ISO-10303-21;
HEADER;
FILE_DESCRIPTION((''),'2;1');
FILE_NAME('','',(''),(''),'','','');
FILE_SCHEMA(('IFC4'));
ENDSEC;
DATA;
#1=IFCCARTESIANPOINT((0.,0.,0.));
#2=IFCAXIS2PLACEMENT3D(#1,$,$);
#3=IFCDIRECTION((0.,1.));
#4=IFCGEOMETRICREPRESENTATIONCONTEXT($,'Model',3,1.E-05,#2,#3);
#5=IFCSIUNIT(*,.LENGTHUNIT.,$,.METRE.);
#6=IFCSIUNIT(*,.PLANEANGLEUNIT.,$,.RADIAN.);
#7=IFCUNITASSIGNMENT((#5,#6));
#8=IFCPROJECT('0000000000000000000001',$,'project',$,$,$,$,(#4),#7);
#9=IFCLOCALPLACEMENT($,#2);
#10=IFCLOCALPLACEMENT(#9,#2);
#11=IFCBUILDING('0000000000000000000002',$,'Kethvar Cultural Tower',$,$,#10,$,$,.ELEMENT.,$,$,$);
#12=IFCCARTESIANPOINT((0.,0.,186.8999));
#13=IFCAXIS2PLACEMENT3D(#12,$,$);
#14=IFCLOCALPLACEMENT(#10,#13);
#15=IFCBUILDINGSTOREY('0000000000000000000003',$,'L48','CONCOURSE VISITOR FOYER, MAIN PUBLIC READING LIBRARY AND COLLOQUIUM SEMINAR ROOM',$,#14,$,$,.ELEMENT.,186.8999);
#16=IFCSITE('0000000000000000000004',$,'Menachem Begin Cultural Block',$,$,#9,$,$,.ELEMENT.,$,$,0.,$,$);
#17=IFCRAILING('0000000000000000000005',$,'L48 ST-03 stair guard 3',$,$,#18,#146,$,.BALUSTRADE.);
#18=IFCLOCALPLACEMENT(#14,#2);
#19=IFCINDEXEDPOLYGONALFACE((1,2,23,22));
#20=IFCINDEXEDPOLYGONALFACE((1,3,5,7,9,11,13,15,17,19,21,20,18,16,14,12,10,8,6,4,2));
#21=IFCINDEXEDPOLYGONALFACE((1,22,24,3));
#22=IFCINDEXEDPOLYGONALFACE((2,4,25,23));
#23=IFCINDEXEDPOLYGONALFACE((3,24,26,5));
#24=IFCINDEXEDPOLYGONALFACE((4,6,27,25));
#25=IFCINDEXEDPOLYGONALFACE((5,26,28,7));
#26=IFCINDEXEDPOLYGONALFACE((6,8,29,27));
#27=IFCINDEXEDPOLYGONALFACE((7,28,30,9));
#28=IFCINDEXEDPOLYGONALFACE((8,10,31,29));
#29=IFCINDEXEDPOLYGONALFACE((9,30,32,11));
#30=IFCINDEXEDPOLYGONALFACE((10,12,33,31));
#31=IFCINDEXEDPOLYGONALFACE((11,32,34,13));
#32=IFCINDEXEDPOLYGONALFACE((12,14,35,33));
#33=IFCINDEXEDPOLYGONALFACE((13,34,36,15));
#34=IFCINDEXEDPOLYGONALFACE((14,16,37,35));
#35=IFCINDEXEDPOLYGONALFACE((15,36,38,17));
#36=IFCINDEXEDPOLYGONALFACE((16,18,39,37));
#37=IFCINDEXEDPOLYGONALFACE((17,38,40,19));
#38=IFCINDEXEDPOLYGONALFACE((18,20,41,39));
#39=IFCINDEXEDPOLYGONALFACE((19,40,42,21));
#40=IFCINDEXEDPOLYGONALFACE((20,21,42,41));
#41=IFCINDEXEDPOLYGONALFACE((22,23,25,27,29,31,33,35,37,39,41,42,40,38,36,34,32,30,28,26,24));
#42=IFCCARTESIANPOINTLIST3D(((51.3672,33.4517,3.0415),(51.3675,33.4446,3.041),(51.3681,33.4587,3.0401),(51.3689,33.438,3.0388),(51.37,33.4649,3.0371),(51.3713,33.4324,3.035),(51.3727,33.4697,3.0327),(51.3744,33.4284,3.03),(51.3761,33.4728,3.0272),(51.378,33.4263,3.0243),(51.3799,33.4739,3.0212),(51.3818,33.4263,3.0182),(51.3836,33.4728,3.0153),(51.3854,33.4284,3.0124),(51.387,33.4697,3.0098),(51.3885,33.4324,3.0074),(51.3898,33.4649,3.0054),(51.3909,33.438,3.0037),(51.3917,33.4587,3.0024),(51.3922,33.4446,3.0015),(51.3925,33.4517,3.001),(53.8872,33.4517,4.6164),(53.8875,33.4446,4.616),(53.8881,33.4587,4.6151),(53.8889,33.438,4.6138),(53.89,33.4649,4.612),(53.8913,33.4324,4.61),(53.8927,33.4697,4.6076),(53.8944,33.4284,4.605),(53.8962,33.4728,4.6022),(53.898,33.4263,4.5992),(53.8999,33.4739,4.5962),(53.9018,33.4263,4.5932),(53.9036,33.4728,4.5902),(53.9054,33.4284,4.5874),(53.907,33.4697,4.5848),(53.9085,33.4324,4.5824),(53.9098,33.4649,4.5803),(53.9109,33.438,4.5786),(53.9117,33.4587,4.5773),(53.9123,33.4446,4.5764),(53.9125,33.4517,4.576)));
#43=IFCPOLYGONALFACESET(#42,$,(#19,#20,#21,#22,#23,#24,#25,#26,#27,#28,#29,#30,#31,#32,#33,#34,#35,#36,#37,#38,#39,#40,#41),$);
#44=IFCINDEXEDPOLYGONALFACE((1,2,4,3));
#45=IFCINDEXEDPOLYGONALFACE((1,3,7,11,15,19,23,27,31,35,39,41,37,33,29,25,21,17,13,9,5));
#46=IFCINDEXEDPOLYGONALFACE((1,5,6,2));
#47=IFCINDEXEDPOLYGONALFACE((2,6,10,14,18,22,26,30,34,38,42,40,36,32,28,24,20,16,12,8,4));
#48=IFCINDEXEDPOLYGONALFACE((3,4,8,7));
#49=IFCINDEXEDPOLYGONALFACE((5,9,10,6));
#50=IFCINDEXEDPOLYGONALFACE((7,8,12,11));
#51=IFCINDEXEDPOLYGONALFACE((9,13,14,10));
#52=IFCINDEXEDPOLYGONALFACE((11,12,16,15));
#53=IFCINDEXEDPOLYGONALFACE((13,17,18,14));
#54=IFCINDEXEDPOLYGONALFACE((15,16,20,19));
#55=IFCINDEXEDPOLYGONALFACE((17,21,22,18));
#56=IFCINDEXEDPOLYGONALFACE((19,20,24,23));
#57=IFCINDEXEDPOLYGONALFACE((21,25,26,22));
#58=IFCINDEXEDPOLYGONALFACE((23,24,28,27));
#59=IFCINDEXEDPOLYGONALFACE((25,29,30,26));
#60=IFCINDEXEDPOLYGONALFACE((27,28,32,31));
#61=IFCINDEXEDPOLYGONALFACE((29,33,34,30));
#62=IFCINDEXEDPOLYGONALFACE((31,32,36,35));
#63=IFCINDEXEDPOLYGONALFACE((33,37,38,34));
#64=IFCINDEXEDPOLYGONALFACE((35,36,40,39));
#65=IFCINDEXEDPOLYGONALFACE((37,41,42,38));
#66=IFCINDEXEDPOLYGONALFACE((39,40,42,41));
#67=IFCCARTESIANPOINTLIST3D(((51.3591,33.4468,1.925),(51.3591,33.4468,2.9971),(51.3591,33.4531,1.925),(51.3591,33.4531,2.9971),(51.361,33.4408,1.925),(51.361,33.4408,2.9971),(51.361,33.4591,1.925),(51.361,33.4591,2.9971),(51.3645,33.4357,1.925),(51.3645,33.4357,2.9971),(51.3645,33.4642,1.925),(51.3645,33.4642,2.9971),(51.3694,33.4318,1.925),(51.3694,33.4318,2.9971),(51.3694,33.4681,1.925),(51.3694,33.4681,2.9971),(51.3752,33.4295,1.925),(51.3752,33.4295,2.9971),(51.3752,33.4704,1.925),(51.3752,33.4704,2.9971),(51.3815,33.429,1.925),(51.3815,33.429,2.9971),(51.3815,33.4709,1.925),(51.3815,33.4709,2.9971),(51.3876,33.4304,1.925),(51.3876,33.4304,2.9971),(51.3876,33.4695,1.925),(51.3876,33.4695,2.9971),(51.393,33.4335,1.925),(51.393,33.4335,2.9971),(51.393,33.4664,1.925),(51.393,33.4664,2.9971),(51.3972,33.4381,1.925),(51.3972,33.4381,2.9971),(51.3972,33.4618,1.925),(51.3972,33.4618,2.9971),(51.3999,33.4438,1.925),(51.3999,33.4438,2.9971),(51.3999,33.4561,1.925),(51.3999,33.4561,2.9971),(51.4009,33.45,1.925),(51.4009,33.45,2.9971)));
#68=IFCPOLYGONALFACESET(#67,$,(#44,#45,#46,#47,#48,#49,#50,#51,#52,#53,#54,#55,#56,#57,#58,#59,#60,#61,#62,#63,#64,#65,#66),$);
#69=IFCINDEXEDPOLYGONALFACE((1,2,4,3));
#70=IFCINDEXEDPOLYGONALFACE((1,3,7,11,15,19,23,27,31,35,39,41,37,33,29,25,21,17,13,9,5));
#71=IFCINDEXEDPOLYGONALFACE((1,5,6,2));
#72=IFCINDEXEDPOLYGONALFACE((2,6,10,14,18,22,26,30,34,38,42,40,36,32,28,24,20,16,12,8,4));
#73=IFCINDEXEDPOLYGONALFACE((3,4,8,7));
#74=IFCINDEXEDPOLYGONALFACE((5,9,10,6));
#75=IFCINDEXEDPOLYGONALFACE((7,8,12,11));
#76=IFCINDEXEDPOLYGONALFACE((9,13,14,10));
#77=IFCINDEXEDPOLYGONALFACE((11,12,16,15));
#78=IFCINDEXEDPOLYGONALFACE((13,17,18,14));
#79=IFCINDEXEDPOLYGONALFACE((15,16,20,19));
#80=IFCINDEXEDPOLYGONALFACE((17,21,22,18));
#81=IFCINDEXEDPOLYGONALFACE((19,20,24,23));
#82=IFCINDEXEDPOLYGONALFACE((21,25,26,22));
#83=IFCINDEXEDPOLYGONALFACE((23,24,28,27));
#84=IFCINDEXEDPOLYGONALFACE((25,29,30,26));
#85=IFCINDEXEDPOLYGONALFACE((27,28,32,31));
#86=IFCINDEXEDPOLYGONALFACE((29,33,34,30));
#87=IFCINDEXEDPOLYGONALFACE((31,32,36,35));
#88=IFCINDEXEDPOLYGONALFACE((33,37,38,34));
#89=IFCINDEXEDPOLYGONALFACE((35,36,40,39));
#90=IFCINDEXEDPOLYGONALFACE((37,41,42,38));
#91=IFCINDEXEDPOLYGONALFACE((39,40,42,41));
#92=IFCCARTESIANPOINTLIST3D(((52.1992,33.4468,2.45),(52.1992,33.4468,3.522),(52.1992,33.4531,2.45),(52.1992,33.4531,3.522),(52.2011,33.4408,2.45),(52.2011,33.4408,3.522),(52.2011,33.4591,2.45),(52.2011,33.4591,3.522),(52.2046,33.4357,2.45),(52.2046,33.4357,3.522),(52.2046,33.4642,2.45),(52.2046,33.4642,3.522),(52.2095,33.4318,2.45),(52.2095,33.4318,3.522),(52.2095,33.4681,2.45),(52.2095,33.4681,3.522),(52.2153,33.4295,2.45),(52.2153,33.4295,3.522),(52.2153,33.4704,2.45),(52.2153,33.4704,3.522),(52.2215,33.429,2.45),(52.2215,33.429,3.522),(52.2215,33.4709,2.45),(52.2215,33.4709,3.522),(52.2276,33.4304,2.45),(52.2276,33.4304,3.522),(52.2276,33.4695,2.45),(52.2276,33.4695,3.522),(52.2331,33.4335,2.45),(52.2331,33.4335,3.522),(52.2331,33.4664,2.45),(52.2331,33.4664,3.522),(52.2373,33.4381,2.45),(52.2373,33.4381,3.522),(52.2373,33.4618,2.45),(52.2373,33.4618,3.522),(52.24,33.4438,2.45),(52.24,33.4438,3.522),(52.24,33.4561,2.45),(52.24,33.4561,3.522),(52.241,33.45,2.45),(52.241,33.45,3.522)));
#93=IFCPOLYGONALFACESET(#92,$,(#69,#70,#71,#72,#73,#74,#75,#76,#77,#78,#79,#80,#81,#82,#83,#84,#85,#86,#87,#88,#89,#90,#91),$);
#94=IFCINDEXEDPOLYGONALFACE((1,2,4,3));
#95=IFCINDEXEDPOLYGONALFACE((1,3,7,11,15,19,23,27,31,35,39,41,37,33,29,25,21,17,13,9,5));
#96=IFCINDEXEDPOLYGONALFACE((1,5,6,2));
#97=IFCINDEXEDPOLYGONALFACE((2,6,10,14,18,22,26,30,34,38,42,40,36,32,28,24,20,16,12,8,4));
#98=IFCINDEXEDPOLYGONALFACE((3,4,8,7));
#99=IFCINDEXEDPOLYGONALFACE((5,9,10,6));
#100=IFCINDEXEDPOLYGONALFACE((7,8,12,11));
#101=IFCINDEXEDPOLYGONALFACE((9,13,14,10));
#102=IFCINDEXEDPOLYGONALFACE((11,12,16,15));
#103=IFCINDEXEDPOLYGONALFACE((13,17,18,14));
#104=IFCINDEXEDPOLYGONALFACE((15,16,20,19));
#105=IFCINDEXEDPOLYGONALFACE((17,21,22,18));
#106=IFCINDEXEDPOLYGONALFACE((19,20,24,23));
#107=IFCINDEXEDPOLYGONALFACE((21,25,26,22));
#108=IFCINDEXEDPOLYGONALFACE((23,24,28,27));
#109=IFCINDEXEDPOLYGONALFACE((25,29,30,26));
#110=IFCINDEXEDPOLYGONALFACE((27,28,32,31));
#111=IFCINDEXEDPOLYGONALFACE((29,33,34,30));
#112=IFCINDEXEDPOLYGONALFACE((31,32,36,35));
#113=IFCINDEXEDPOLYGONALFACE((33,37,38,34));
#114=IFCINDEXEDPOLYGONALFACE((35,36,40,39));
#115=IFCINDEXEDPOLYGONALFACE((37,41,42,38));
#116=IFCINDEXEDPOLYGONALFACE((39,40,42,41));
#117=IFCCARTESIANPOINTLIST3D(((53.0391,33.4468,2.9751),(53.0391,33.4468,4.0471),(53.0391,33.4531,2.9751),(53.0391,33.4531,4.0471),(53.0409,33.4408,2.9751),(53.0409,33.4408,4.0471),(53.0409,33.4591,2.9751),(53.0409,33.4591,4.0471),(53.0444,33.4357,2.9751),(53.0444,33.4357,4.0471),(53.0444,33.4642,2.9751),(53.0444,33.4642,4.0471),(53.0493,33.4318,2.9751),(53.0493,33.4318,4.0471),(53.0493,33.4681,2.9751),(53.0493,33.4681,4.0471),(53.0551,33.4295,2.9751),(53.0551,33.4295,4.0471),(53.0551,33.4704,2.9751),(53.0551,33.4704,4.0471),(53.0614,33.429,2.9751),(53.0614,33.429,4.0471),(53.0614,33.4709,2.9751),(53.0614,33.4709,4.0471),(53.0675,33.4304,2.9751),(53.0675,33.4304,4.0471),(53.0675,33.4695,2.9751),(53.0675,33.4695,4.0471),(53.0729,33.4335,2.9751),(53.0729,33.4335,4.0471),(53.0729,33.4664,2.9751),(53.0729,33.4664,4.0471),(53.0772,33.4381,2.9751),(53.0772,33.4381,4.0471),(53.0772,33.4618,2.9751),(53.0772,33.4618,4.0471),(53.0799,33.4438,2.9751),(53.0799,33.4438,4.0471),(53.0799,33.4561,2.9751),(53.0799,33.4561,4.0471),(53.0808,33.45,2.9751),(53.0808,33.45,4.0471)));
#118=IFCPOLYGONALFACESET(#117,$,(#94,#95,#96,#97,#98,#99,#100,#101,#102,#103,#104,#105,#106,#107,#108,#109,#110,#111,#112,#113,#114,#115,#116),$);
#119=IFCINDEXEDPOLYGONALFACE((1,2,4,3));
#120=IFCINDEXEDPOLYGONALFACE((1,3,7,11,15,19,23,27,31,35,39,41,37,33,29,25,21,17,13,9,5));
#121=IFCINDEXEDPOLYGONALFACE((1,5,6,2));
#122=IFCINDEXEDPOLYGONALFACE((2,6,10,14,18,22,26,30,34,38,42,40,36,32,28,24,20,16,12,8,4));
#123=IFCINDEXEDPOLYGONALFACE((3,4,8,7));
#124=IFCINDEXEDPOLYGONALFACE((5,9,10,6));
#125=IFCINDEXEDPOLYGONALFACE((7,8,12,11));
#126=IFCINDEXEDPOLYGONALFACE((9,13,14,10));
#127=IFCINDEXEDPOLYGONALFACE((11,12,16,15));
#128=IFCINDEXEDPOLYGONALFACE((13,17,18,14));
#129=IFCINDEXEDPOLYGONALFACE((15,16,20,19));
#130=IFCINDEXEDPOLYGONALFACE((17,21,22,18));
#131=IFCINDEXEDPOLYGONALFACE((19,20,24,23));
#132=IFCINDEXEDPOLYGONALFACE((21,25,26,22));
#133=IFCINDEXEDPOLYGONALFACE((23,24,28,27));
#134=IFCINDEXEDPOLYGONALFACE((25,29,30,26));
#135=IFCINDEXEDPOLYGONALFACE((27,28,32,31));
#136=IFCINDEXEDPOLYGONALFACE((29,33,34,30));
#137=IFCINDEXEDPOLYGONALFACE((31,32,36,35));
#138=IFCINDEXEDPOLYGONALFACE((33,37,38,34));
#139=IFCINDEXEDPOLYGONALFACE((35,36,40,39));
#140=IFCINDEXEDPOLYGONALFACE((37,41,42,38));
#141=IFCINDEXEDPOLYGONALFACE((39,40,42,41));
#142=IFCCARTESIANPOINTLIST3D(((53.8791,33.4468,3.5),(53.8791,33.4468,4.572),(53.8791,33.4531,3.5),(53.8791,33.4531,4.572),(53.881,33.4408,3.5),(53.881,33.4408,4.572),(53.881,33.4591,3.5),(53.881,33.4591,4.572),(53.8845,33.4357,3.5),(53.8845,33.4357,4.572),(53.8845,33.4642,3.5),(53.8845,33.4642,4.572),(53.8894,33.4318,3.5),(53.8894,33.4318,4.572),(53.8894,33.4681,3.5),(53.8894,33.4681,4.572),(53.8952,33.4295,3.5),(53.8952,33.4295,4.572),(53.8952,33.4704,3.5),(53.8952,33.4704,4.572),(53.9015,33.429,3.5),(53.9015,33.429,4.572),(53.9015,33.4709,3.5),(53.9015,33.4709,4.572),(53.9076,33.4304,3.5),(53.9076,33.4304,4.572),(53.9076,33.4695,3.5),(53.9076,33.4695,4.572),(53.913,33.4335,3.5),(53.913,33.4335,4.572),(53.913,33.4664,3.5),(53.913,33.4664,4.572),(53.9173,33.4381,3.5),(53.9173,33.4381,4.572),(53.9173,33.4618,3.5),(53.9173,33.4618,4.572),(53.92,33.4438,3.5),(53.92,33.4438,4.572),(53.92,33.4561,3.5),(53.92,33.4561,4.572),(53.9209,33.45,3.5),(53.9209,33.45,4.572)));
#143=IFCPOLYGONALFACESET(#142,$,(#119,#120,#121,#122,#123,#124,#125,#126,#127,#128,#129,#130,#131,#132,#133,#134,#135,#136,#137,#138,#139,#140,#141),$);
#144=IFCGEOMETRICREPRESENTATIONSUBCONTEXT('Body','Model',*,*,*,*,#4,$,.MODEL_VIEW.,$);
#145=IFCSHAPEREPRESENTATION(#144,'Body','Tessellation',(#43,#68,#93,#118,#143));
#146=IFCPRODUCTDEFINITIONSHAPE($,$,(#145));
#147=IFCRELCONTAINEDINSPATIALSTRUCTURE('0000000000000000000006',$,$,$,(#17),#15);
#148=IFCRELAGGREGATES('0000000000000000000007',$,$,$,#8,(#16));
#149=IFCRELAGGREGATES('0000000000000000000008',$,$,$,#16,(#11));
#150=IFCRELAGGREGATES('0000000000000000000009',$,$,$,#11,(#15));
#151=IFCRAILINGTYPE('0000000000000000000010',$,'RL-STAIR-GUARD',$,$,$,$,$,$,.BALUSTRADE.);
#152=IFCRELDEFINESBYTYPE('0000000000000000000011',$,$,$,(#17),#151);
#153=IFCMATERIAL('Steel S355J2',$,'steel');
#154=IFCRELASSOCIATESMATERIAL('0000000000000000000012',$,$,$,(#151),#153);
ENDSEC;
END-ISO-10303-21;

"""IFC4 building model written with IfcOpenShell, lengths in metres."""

from ifc_helpers import new_model, si_unit, direction, frame, origin, origin_2d, place, context, subcontext, project, spatial, circle, extrude, material, type_object, element, save


model = new_model("IFC4")

# Units and contexts
model_context = context("Model", 3, precision=1e-05, world=origin(), true_north=direction((0.0, 1.0)))
body_context = subcontext(model_context, "Body", "Model", "MODEL_VIEW")
ifc_project = project(units=[si_unit("LENGTHUNIT", "METRE"), si_unit("PLANEANGLEUNIT", "RADIAN")], contexts=[model_context])

# Site, building, storey
site_placement = place(None, origin())
site = spatial("IfcSite", under=ifc_project, at=site_placement, Name="Menachem Begin Cultural Block", CompositionType="ELEMENT", RefElevation=0.0)
building_placement = place(site_placement, origin())
building = spatial("IfcBuilding", under=site, at=building_placement, Name="Kethvar Cultural Tower", CompositionType="ELEMENT")
storey_placement = place(building_placement, frame((0.0, 0.0, 186.8999)))
storey = spatial("IfcBuildingStorey", under=building, at=storey_placement, Name="L48", Description="CONCOURSE VISITOR FOYER, MAIN PUBLIC READING LIBRARY AND COLLOQUIUM SEMINAR ROOM", CompositionType="ELEMENT", Elevation=186.8999)

# Shared definitions
ifc_material_1 = material(Name="Steel S355J2", Category="steel")

# Railing
railing_type_1 = type_object("IfcRailingType", Name="RL-STAIR-GUARD", PredefinedType="BALUSTRADE", material=ifc_material_1)
railing_1_placement = place(storey_placement, frame((51.3799, 33.45, 1.925)))
element("IfcRailing", 1, at=railing_1_placement, inside=storey, type_object=railing_type_1, Name="L48 ST-03 stair guard 3", PredefinedType="BALUSTRADE", context=body_context, shape_type="SweptSolid", body=[
    extrude(circle(Radius=0.0239, at=origin_2d()), frame((0.0, 0.0, 1.0962), z_axis=(0.848008, 0.0, 0.529984), x_axis=(0.0, 1.0, 0.0)), (0.0, 0.0, 1.0), 2.9717),
    extrude(circle(Radius=0.021, at=origin_2d()), origin(), (0.0, 0.0, 1.0), 1.072),
    extrude(circle(Radius=0.021, at=origin_2d()), frame((0.8401, 0.0, 0.5249)), (0.0, 0.0, 1.0), 1.072),
    extrude(circle(Radius=0.021, at=origin_2d()), frame((1.6799, 0.0, 1.05)), (0.0, 0.0, 1.0), 1.072),
    extrude(circle(Radius=0.021, at=origin_2d()), frame((2.52, 0.0, 1.575)), (0.0, 0.0, 1.0), 1.072),
])

save(model, "model.ifc")
